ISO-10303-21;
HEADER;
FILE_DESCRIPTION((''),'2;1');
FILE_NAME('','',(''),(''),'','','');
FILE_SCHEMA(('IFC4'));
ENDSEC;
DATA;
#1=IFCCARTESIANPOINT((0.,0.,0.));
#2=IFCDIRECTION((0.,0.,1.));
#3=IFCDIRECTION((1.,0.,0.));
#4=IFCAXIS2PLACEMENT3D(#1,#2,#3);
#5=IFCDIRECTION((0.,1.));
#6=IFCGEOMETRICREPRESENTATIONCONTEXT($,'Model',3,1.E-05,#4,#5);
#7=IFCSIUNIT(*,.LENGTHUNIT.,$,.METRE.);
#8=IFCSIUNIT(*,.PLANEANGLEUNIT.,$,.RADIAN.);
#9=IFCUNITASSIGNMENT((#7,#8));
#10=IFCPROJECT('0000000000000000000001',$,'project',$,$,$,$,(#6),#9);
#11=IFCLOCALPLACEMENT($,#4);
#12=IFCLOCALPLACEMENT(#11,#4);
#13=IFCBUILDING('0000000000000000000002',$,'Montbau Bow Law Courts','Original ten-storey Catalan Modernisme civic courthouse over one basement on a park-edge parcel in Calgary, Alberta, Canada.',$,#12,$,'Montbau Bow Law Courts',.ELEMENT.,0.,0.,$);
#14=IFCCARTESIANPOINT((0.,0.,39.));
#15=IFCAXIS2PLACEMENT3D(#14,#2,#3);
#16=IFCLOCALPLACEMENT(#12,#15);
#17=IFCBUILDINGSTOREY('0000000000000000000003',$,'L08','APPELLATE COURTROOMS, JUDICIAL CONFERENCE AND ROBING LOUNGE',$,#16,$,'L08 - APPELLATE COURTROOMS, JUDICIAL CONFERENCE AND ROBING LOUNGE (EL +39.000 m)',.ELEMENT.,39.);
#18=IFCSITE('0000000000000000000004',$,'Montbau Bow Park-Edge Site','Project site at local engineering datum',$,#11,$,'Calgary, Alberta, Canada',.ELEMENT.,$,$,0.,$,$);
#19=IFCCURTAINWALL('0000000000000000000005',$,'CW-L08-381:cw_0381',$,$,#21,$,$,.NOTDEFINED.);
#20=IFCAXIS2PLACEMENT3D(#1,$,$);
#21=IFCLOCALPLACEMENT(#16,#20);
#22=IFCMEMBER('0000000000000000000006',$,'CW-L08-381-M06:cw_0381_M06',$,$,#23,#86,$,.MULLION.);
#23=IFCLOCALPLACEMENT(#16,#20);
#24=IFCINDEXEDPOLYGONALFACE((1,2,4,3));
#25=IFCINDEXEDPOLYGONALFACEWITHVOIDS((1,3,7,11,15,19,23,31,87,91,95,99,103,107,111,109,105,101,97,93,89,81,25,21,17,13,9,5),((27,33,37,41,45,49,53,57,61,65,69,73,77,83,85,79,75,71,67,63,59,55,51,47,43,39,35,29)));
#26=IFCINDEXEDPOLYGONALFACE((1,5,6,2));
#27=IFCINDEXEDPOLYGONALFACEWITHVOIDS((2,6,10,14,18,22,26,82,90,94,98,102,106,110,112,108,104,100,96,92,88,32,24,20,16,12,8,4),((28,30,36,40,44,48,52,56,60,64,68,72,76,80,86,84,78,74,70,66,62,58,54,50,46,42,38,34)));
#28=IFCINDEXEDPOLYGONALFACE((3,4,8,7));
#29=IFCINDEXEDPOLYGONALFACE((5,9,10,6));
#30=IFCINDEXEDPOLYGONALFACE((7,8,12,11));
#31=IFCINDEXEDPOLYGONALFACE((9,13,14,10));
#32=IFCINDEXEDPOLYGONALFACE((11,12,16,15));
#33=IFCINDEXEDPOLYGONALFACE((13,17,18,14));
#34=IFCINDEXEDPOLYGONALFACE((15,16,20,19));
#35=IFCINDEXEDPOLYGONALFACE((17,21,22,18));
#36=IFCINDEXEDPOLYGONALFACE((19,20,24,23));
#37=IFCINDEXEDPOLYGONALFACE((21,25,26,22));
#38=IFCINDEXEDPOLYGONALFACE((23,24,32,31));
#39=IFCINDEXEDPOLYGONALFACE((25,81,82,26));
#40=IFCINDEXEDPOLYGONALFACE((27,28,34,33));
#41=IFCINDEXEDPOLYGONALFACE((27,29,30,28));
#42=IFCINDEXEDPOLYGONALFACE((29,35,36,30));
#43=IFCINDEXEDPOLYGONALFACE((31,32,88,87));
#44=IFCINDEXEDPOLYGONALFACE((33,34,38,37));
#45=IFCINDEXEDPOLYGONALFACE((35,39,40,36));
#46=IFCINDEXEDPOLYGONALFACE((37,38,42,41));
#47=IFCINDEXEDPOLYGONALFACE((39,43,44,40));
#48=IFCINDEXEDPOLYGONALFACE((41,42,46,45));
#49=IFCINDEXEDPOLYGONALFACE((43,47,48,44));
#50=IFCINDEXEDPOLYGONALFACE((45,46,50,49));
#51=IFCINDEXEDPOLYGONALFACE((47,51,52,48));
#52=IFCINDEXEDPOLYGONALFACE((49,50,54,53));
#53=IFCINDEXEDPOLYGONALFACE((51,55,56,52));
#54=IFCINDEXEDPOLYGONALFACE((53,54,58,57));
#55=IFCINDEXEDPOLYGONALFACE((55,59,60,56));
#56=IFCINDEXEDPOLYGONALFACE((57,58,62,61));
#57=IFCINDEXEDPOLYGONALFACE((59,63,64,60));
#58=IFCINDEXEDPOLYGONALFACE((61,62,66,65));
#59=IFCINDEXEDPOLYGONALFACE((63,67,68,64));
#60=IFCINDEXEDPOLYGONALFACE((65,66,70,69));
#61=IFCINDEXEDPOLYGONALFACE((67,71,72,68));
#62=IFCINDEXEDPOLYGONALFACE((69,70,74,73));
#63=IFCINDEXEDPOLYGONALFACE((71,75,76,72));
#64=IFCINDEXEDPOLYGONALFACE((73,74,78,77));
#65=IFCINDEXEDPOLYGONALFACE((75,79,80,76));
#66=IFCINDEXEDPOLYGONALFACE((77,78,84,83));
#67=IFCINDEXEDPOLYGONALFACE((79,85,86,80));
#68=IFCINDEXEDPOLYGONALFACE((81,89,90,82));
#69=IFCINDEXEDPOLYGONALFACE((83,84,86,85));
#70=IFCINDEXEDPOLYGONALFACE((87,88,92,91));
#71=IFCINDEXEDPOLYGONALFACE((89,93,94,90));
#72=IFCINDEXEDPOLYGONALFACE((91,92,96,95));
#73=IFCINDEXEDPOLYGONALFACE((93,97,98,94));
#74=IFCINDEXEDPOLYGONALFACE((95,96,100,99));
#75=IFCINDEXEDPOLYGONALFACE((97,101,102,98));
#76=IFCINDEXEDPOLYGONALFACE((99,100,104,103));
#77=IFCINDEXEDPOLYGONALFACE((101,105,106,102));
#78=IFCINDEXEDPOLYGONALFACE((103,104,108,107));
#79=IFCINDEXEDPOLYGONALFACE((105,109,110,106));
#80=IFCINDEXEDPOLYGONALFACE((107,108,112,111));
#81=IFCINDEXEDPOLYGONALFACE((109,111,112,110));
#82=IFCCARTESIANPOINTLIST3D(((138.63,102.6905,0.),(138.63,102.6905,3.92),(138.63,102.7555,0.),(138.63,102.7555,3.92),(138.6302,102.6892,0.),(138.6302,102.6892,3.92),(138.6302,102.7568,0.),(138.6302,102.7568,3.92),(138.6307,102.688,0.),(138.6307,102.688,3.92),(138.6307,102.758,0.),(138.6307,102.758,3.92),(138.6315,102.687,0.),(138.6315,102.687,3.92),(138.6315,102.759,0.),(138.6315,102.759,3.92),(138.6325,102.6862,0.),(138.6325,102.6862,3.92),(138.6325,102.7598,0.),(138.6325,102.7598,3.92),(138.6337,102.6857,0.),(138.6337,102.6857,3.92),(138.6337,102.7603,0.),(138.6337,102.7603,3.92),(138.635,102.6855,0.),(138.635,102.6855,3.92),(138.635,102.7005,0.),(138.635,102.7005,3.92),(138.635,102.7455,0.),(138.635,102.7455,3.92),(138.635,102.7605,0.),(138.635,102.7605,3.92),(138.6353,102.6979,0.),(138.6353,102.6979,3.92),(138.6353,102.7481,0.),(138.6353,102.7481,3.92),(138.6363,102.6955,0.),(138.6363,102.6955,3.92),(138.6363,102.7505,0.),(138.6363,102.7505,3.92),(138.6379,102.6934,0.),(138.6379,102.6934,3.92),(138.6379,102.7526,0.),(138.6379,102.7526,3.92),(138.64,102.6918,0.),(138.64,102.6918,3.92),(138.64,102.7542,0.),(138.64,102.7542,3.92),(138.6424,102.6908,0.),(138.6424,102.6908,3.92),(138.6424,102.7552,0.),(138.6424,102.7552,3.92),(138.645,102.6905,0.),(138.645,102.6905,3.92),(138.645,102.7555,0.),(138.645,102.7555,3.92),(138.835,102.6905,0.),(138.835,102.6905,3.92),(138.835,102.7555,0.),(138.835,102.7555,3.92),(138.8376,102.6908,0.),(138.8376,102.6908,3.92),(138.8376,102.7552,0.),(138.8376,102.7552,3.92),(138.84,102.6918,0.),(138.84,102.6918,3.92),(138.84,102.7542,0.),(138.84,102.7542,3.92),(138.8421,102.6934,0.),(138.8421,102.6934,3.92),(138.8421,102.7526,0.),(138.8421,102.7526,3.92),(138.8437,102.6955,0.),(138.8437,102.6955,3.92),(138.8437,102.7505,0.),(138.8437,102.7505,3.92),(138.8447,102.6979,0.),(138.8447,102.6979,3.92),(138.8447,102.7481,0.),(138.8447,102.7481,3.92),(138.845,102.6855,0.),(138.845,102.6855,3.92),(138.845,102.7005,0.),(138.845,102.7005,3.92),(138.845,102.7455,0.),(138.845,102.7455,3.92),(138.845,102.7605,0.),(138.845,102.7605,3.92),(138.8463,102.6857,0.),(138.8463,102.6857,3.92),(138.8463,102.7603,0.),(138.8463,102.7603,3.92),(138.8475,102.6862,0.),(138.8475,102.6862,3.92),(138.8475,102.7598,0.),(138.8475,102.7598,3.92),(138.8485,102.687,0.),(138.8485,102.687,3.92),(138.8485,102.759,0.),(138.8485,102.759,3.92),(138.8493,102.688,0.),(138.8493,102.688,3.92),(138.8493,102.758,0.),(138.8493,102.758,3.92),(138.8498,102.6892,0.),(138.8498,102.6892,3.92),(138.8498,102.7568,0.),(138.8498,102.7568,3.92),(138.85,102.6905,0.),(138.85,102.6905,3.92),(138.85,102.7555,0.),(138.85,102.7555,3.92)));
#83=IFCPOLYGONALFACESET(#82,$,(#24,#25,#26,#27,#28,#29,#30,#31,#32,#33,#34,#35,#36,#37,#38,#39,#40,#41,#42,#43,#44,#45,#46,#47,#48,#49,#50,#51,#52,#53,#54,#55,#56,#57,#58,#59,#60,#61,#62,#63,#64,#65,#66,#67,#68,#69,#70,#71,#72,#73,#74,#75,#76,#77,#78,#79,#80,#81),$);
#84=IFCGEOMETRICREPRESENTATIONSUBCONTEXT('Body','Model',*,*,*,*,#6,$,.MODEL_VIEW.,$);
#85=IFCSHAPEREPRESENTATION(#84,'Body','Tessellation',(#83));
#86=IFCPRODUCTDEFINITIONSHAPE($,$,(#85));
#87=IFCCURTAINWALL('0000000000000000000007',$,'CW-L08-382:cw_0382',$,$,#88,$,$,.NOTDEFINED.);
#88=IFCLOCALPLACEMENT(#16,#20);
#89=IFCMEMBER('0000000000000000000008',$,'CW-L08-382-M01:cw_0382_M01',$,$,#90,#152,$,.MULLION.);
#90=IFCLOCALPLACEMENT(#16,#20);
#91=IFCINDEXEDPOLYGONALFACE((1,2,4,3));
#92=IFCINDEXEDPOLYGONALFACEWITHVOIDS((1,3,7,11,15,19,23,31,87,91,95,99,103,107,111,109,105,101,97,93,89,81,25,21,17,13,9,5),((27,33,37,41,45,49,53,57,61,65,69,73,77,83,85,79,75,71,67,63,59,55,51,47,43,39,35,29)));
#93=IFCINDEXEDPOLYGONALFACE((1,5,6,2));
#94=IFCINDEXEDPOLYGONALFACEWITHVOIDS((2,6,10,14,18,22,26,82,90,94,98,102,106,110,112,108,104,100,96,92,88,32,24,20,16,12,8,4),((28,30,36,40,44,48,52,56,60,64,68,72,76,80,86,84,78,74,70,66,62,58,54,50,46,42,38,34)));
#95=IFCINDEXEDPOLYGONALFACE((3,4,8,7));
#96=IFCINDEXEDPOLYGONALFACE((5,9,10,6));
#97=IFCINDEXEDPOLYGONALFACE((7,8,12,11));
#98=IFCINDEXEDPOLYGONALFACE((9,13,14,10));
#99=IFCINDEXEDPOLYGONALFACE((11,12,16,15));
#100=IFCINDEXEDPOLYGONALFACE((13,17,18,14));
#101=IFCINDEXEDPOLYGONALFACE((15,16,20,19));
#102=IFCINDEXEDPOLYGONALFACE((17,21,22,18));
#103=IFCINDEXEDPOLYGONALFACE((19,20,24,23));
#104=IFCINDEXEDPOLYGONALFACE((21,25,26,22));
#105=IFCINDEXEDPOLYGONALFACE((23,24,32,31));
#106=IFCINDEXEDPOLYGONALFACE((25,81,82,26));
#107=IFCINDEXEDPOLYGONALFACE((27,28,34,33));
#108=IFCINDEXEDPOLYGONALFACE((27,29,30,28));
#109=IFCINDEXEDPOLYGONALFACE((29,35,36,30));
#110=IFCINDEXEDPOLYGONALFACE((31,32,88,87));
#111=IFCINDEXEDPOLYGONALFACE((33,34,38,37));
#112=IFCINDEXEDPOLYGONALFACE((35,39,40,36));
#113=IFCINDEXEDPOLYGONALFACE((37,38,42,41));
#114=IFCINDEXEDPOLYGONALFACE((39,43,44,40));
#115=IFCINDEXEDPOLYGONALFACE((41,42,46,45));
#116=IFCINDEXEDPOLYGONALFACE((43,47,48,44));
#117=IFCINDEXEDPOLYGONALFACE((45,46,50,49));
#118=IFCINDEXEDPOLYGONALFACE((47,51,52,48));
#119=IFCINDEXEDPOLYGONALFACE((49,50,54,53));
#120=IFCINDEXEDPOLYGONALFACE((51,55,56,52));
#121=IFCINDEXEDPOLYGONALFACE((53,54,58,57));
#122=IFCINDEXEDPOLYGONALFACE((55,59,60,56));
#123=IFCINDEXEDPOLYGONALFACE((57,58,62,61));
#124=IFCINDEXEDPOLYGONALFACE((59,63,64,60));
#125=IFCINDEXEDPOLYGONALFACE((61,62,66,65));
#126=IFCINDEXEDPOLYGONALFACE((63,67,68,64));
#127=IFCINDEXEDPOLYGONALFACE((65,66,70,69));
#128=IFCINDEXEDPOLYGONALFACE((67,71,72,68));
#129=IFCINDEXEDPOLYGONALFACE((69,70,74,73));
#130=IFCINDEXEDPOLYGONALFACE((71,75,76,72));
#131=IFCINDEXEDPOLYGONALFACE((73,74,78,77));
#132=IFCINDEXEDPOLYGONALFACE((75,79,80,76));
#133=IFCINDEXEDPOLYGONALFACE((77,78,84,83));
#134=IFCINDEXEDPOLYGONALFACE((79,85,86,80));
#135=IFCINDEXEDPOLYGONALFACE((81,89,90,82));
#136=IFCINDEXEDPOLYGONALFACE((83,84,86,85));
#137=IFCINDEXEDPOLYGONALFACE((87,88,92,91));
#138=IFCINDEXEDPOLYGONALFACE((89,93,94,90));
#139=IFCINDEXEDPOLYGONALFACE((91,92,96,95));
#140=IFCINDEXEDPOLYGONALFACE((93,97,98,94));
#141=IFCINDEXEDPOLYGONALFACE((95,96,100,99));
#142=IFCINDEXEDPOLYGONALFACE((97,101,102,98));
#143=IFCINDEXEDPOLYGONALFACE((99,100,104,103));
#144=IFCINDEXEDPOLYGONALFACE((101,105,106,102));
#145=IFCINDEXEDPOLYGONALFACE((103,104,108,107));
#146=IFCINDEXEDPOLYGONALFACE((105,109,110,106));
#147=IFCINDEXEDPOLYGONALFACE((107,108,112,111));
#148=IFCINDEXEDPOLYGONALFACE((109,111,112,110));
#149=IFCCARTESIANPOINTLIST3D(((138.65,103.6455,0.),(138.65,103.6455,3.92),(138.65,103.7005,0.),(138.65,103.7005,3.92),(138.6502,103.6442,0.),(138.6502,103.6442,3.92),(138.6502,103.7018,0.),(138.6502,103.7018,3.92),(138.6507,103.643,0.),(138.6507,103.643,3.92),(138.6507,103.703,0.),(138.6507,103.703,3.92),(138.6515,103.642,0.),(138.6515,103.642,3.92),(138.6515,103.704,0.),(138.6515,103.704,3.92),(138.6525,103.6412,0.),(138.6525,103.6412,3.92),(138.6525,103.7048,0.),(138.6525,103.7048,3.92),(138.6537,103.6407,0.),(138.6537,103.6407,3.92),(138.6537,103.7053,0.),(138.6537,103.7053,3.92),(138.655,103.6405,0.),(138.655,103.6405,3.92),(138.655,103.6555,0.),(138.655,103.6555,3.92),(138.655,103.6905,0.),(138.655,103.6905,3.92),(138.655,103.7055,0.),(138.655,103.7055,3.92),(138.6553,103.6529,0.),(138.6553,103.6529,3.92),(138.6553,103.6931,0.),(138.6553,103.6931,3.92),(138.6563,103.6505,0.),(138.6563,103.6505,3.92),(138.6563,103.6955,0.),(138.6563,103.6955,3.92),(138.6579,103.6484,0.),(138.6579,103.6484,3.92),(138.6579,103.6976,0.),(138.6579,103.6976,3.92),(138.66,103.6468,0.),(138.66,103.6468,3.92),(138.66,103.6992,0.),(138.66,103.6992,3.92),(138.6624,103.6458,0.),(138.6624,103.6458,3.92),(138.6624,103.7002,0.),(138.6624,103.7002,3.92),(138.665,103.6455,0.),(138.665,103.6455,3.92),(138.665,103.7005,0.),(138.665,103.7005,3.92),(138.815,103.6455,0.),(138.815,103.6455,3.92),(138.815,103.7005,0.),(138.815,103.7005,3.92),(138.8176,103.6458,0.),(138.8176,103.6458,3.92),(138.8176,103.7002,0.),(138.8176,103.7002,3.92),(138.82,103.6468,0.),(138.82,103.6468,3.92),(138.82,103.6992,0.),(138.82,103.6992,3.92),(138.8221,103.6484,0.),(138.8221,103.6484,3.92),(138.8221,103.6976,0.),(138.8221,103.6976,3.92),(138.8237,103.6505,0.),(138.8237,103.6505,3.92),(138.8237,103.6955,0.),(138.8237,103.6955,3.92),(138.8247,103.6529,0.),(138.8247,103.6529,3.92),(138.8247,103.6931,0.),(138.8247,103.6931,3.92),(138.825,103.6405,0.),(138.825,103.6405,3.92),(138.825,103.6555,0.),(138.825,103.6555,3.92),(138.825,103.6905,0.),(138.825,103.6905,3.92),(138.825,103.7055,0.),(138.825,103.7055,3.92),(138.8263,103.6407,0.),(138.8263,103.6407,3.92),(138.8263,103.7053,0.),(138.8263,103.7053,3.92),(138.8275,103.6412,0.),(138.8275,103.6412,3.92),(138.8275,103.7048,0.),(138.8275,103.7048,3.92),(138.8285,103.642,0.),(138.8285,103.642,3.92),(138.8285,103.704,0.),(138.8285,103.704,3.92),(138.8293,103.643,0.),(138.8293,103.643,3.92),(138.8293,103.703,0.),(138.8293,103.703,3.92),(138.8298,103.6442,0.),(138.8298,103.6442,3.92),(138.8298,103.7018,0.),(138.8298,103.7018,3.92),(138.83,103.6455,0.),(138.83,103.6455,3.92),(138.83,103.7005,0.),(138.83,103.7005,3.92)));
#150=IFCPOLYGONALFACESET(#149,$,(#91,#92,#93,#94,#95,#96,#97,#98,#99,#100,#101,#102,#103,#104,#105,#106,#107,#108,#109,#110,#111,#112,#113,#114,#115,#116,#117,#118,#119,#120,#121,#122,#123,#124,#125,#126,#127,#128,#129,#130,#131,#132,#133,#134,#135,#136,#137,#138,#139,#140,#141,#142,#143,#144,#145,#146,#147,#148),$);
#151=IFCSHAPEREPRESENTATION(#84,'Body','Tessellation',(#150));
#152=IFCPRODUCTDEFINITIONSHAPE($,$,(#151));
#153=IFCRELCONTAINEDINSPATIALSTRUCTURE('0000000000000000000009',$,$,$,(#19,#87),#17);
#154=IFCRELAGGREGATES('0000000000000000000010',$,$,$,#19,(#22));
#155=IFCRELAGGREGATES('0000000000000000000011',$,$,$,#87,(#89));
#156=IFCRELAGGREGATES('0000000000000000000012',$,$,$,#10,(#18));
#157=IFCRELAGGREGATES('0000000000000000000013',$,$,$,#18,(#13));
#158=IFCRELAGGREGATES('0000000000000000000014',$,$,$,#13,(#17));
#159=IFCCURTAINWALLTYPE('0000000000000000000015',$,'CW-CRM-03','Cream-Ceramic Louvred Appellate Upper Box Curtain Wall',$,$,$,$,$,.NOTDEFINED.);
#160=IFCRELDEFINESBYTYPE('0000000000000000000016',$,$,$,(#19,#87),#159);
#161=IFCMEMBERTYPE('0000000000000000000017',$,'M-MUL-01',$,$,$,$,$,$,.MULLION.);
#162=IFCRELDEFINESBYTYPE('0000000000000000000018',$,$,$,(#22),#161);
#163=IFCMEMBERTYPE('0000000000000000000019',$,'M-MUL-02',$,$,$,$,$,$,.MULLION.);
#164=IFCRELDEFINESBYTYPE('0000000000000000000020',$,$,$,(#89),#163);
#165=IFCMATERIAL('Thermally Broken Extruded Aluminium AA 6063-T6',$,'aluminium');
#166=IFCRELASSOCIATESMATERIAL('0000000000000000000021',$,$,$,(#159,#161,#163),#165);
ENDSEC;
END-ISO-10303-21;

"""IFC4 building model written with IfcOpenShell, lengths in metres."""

from ifc_helpers import new_model, si_unit, direction, frame, origin_with_axes, origin_2d_with_axis, place, context, subcontext, project, spatial, hollow_rectangle, extrude, material, material_profile, profile_set, type_object, element, aggregate, save


model = new_model("IFC4")

# Units and contexts
model_context = context("Model", 3, precision=1e-05, world=origin_with_axes(), true_north=direction((0.0, 1.0)))
body_context = subcontext(model_context, "Body", "Model", "MODEL_VIEW")
ifc_project = project(units=[si_unit("LENGTHUNIT", "METRE"), si_unit("PLANEANGLEUNIT", "RADIAN")], contexts=[model_context])

# Site, building, storey
site_placement = place(None, origin_with_axes())
site = spatial("IfcSite", under=ifc_project, at=site_placement, Name="Montbau Bow Park-Edge Site", Description="Project site at local engineering datum", LongName="Calgary, Alberta, Canada", CompositionType="ELEMENT", RefElevation=0.0)
building_placement = place(site_placement, origin_with_axes())
building = spatial("IfcBuilding", under=site, at=building_placement, Name="Montbau Bow Law Courts", Description="Original ten-storey Catalan Modernisme civic courthouse over one basement on a park-edge parcel in Calgary, Alberta, Canada.", LongName="Montbau Bow Law Courts", CompositionType="ELEMENT", ElevationOfRefHeight=0.0, ElevationOfTerrain=0.0)
storey_placement = place(building_placement, frame((0.0, 0.0, 39.0), z_axis=(0.0, 0.0, 1.0), x_axis=(1.0, 0.0, 0.0)))
storey = spatial("IfcBuildingStorey", under=building, at=storey_placement, Name="L08", Description="APPELLATE COURTROOMS, JUDICIAL CONFERENCE AND ROBING LOUNGE", LongName="L08 - APPELLATE COURTROOMS, JUDICIAL CONFERENCE AND ROBING LOUNGE (EL +39.000 m)", CompositionType="ELEMENT", Elevation=39.0)

# Curtain wall, member
ifc_material_1 = material(Name="Thermally Broken Extruded Aluminium AA 6063-T6", Category="aluminium")
curtain_wall_type = type_object("IfcCurtainWallType", Name="CW-CRM-03", Description="Cream-Ceramic Louvred Appellate Upper Box Curtain Wall", PredefinedType="NOTDEFINED", material=ifc_material_1)
curtain_wall_1_placement = place(None, frame((138.74, 95.24, 39.0), z_axis=(0.0, 0.0, 1.0), x_axis=(1.0, 0.0, 0.0)))
curtain_wall_1 = element("IfcCurtainWall", 1, at=curtain_wall_1_placement, inside=storey, type_object=curtain_wall_type, Name="CW-L08-381:cw_0381", PredefinedType="NOTDEFINED")
ifc_material_profile_1 = material_profile(ifc_material_1, hollow_rectangle(XDim=0.075, YDim=0.22, WallThickness=0.005, InnerFilletRadius=0.01, OuterFilletRadius=0.005, at=origin_2d_with_axis()), Name="CWM-220X75", Category="Main", Priority=0)
ifc_profile_set_1 = profile_set([ifc_material_profile_1], Name="Thermally Broken Extruded Aluminium AA 6063-T6")
member_type_1 = type_object("IfcMemberType", Name="M-MUL-01", PredefinedType="MULLION", material=ifc_profile_set_1)
member_1_placement = place(None, frame((138.74, 102.723, 39.0), z_axis=(0.0, 0.0, 1.0), x_axis=(0.0, 1.0, 0.0)))
member_1 = element("IfcMember", 2, at=member_1_placement, type_object=member_type_1, Name="CW-L08-381-M06:cw_0381_M06", PredefinedType="MULLION", context=body_context, shape_type="SweptSolid", body=[
    extrude(hollow_rectangle(XDim=0.075, YDim=0.22, WallThickness=0.005, InnerFilletRadius=0.01, OuterFilletRadius=0.005, at=origin_2d_with_axis()), origin_with_axes(), (0.0, 0.0, 1.0), 3.92),
])
aggregate(curtain_wall_1, [member_1])

# Curtain wall, member
curtain_wall_2_placement = place(None, frame((138.74, 103.64, 39.0), z_axis=(0.0, 0.0, 1.0), x_axis=(1.0, 0.0, 0.0)))
curtain_wall_2 = element("IfcCurtainWall", 3, at=curtain_wall_2_placement, inside=storey, type_object=curtain_wall_type, Name="CW-L08-382:cw_0382", PredefinedType="NOTDEFINED")
ifc_material_profile_2 = material_profile(ifc_material_1, hollow_rectangle(XDim=0.065, YDim=0.18, WallThickness=0.005, InnerFilletRadius=0.01, OuterFilletRadius=0.005, at=origin_2d_with_axis()), Name="CWM-180X65", Category="Main", Priority=0)
ifc_profile_set_2 = profile_set([ifc_material_profile_2], Name="Thermally Broken Extruded Aluminium AA 6063-T6")
member_type_2 = type_object("IfcMemberType", Name="M-MUL-02", PredefinedType="MULLION", material=ifc_profile_set_2)
member_2_placement = place(None, frame((138.74, 103.673, 39.0), z_axis=(0.0, 0.0, 1.0), x_axis=(0.0, 1.0, 0.0)))
member_2 = element("IfcMember", 4, at=member_2_placement, type_object=member_type_2, Name="CW-L08-382-M01:cw_0382_M01", PredefinedType="MULLION", context=body_context, shape_type="SweptSolid", body=[
    extrude(hollow_rectangle(XDim=0.065, YDim=0.18, WallThickness=0.005, InnerFilletRadius=0.01, OuterFilletRadius=0.005, at=origin_2d_with_axis()), origin_with_axes(), (0.0, 0.0, 1.0), 3.92),
])
aggregate(curtain_wall_2, [member_2])

save(model, "model.ifc")
